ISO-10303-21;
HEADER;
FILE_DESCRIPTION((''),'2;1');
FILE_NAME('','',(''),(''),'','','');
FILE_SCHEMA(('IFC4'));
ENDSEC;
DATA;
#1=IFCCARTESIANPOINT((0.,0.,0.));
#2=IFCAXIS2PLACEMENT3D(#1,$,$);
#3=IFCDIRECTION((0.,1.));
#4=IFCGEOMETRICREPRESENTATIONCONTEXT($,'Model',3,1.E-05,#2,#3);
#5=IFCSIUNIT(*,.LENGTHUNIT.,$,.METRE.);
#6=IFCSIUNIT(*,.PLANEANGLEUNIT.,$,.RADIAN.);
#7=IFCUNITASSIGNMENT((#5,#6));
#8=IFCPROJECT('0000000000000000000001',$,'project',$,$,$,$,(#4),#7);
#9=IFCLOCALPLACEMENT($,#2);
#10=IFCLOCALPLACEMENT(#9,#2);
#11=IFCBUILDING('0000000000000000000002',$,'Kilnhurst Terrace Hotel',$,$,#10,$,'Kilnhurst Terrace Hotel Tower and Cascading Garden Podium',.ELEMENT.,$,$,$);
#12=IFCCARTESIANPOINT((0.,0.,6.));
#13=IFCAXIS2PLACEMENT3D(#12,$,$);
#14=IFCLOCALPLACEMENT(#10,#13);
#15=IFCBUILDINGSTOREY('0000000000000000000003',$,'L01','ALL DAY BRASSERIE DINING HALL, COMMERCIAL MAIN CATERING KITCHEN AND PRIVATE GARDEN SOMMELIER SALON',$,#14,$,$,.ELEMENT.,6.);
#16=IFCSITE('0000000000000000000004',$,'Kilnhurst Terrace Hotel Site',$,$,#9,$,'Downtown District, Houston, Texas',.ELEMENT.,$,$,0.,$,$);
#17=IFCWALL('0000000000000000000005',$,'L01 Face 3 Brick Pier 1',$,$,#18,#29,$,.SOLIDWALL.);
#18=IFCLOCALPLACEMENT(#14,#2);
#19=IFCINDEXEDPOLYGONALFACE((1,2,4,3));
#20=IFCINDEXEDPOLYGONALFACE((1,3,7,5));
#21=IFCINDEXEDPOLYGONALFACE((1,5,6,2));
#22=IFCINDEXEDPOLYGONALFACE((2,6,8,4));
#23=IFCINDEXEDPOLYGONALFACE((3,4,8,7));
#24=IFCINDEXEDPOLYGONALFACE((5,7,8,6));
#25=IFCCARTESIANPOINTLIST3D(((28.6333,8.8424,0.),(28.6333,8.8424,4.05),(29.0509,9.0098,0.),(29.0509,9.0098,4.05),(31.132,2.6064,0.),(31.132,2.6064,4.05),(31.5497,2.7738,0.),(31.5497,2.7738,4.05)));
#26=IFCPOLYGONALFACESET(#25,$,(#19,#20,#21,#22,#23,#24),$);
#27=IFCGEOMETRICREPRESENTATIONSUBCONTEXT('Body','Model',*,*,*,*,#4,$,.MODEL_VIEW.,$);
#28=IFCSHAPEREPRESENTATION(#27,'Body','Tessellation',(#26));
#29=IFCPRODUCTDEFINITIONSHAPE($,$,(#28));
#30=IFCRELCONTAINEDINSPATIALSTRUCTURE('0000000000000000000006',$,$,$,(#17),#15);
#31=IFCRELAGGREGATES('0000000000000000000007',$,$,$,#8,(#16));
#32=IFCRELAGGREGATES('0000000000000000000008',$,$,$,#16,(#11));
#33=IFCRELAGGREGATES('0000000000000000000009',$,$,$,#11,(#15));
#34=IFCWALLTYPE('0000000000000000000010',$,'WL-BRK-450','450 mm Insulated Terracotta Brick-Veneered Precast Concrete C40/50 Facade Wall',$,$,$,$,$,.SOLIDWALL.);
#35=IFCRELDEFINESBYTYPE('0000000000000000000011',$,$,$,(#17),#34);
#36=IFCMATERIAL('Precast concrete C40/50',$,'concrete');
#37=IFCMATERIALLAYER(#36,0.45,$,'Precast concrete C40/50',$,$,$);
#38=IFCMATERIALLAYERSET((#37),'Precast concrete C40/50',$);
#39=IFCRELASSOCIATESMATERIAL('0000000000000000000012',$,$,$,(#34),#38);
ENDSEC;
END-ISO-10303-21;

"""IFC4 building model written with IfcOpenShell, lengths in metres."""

from ifc_helpers import new_model, si_unit, direction, frame, frame_2d, origin, place, context, subcontext, project, spatial, rectangle, extrude, material, layer, layer_set, type_object, element, save


model = new_model("IFC4")

# Units and contexts
model_context = context("Model", 3, precision=1e-05, world=origin(), true_north=direction((0.0, 1.0)))
body_context = subcontext(model_context, "Body", "Model", "MODEL_VIEW")
ifc_project = project(units=[si_unit("LENGTHUNIT", "METRE"), si_unit("PLANEANGLEUNIT", "RADIAN")], contexts=[model_context])

# Site, building, storey
site_placement = place(None, origin())
site = spatial("IfcSite", under=ifc_project, at=site_placement, Name="Kilnhurst Terrace Hotel Site", LongName="Downtown District, Houston, Texas", CompositionType="ELEMENT", RefElevation=0.0)
building_placement = place(site_placement, origin())
building = spatial("IfcBuilding", under=site, at=building_placement, Name="Kilnhurst Terrace Hotel", LongName="Kilnhurst Terrace Hotel Tower and Cascading Garden Podium", CompositionType="ELEMENT")
storey_placement = place(building_placement, frame((0.0, 0.0, 6.0)))
storey = spatial("IfcBuildingStorey", under=building, at=storey_placement, Name="L01", Description="ALL DAY BRASSERIE DINING HALL, COMMERCIAL MAIN CATERING KITCHEN AND PRIVATE GARDEN SOMMELIER SALON", CompositionType="ELEMENT", Elevation=6.0)

# Wall
ifc_material_1 = material(Name="Precast concrete C40/50", Category="concrete")
ifc_layer_1 = layer(ifc_material_1, 0.45, Name="Precast concrete C40/50")
ifc_layer_set_1 = layer_set([ifc_layer_1], Name="Precast concrete C40/50")
wall_type = type_object("IfcWallType", Name="WL-BRK-450", Description="450 mm Insulated Terracotta Brick-Veneered Precast Concrete C40/50 Facade Wall", PredefinedType="SOLIDWALL", material=ifc_layer_set_1)
wall_1_placement = place(storey_placement, frame((31.3408, 2.6902, 0.0), z_axis=(0.0, 0.0, 1.0), x_axis=(-0.371948, 0.928253, 0.0)))
element("IfcWall", 1, at=wall_1_placement, inside=storey, type_object=wall_type, Name="L01 Face 3 Brick Pier 1", PredefinedType="SOLIDWALL", context=body_context, shape_type="SweptSolid", body=[
    extrude(rectangle(XDim=6.718, YDim=0.45, at=frame_2d((3.3589, 0.0))), origin(), (0.0, 0.0, 1.0), 4.05),
])

save(model, "model.ifc")
